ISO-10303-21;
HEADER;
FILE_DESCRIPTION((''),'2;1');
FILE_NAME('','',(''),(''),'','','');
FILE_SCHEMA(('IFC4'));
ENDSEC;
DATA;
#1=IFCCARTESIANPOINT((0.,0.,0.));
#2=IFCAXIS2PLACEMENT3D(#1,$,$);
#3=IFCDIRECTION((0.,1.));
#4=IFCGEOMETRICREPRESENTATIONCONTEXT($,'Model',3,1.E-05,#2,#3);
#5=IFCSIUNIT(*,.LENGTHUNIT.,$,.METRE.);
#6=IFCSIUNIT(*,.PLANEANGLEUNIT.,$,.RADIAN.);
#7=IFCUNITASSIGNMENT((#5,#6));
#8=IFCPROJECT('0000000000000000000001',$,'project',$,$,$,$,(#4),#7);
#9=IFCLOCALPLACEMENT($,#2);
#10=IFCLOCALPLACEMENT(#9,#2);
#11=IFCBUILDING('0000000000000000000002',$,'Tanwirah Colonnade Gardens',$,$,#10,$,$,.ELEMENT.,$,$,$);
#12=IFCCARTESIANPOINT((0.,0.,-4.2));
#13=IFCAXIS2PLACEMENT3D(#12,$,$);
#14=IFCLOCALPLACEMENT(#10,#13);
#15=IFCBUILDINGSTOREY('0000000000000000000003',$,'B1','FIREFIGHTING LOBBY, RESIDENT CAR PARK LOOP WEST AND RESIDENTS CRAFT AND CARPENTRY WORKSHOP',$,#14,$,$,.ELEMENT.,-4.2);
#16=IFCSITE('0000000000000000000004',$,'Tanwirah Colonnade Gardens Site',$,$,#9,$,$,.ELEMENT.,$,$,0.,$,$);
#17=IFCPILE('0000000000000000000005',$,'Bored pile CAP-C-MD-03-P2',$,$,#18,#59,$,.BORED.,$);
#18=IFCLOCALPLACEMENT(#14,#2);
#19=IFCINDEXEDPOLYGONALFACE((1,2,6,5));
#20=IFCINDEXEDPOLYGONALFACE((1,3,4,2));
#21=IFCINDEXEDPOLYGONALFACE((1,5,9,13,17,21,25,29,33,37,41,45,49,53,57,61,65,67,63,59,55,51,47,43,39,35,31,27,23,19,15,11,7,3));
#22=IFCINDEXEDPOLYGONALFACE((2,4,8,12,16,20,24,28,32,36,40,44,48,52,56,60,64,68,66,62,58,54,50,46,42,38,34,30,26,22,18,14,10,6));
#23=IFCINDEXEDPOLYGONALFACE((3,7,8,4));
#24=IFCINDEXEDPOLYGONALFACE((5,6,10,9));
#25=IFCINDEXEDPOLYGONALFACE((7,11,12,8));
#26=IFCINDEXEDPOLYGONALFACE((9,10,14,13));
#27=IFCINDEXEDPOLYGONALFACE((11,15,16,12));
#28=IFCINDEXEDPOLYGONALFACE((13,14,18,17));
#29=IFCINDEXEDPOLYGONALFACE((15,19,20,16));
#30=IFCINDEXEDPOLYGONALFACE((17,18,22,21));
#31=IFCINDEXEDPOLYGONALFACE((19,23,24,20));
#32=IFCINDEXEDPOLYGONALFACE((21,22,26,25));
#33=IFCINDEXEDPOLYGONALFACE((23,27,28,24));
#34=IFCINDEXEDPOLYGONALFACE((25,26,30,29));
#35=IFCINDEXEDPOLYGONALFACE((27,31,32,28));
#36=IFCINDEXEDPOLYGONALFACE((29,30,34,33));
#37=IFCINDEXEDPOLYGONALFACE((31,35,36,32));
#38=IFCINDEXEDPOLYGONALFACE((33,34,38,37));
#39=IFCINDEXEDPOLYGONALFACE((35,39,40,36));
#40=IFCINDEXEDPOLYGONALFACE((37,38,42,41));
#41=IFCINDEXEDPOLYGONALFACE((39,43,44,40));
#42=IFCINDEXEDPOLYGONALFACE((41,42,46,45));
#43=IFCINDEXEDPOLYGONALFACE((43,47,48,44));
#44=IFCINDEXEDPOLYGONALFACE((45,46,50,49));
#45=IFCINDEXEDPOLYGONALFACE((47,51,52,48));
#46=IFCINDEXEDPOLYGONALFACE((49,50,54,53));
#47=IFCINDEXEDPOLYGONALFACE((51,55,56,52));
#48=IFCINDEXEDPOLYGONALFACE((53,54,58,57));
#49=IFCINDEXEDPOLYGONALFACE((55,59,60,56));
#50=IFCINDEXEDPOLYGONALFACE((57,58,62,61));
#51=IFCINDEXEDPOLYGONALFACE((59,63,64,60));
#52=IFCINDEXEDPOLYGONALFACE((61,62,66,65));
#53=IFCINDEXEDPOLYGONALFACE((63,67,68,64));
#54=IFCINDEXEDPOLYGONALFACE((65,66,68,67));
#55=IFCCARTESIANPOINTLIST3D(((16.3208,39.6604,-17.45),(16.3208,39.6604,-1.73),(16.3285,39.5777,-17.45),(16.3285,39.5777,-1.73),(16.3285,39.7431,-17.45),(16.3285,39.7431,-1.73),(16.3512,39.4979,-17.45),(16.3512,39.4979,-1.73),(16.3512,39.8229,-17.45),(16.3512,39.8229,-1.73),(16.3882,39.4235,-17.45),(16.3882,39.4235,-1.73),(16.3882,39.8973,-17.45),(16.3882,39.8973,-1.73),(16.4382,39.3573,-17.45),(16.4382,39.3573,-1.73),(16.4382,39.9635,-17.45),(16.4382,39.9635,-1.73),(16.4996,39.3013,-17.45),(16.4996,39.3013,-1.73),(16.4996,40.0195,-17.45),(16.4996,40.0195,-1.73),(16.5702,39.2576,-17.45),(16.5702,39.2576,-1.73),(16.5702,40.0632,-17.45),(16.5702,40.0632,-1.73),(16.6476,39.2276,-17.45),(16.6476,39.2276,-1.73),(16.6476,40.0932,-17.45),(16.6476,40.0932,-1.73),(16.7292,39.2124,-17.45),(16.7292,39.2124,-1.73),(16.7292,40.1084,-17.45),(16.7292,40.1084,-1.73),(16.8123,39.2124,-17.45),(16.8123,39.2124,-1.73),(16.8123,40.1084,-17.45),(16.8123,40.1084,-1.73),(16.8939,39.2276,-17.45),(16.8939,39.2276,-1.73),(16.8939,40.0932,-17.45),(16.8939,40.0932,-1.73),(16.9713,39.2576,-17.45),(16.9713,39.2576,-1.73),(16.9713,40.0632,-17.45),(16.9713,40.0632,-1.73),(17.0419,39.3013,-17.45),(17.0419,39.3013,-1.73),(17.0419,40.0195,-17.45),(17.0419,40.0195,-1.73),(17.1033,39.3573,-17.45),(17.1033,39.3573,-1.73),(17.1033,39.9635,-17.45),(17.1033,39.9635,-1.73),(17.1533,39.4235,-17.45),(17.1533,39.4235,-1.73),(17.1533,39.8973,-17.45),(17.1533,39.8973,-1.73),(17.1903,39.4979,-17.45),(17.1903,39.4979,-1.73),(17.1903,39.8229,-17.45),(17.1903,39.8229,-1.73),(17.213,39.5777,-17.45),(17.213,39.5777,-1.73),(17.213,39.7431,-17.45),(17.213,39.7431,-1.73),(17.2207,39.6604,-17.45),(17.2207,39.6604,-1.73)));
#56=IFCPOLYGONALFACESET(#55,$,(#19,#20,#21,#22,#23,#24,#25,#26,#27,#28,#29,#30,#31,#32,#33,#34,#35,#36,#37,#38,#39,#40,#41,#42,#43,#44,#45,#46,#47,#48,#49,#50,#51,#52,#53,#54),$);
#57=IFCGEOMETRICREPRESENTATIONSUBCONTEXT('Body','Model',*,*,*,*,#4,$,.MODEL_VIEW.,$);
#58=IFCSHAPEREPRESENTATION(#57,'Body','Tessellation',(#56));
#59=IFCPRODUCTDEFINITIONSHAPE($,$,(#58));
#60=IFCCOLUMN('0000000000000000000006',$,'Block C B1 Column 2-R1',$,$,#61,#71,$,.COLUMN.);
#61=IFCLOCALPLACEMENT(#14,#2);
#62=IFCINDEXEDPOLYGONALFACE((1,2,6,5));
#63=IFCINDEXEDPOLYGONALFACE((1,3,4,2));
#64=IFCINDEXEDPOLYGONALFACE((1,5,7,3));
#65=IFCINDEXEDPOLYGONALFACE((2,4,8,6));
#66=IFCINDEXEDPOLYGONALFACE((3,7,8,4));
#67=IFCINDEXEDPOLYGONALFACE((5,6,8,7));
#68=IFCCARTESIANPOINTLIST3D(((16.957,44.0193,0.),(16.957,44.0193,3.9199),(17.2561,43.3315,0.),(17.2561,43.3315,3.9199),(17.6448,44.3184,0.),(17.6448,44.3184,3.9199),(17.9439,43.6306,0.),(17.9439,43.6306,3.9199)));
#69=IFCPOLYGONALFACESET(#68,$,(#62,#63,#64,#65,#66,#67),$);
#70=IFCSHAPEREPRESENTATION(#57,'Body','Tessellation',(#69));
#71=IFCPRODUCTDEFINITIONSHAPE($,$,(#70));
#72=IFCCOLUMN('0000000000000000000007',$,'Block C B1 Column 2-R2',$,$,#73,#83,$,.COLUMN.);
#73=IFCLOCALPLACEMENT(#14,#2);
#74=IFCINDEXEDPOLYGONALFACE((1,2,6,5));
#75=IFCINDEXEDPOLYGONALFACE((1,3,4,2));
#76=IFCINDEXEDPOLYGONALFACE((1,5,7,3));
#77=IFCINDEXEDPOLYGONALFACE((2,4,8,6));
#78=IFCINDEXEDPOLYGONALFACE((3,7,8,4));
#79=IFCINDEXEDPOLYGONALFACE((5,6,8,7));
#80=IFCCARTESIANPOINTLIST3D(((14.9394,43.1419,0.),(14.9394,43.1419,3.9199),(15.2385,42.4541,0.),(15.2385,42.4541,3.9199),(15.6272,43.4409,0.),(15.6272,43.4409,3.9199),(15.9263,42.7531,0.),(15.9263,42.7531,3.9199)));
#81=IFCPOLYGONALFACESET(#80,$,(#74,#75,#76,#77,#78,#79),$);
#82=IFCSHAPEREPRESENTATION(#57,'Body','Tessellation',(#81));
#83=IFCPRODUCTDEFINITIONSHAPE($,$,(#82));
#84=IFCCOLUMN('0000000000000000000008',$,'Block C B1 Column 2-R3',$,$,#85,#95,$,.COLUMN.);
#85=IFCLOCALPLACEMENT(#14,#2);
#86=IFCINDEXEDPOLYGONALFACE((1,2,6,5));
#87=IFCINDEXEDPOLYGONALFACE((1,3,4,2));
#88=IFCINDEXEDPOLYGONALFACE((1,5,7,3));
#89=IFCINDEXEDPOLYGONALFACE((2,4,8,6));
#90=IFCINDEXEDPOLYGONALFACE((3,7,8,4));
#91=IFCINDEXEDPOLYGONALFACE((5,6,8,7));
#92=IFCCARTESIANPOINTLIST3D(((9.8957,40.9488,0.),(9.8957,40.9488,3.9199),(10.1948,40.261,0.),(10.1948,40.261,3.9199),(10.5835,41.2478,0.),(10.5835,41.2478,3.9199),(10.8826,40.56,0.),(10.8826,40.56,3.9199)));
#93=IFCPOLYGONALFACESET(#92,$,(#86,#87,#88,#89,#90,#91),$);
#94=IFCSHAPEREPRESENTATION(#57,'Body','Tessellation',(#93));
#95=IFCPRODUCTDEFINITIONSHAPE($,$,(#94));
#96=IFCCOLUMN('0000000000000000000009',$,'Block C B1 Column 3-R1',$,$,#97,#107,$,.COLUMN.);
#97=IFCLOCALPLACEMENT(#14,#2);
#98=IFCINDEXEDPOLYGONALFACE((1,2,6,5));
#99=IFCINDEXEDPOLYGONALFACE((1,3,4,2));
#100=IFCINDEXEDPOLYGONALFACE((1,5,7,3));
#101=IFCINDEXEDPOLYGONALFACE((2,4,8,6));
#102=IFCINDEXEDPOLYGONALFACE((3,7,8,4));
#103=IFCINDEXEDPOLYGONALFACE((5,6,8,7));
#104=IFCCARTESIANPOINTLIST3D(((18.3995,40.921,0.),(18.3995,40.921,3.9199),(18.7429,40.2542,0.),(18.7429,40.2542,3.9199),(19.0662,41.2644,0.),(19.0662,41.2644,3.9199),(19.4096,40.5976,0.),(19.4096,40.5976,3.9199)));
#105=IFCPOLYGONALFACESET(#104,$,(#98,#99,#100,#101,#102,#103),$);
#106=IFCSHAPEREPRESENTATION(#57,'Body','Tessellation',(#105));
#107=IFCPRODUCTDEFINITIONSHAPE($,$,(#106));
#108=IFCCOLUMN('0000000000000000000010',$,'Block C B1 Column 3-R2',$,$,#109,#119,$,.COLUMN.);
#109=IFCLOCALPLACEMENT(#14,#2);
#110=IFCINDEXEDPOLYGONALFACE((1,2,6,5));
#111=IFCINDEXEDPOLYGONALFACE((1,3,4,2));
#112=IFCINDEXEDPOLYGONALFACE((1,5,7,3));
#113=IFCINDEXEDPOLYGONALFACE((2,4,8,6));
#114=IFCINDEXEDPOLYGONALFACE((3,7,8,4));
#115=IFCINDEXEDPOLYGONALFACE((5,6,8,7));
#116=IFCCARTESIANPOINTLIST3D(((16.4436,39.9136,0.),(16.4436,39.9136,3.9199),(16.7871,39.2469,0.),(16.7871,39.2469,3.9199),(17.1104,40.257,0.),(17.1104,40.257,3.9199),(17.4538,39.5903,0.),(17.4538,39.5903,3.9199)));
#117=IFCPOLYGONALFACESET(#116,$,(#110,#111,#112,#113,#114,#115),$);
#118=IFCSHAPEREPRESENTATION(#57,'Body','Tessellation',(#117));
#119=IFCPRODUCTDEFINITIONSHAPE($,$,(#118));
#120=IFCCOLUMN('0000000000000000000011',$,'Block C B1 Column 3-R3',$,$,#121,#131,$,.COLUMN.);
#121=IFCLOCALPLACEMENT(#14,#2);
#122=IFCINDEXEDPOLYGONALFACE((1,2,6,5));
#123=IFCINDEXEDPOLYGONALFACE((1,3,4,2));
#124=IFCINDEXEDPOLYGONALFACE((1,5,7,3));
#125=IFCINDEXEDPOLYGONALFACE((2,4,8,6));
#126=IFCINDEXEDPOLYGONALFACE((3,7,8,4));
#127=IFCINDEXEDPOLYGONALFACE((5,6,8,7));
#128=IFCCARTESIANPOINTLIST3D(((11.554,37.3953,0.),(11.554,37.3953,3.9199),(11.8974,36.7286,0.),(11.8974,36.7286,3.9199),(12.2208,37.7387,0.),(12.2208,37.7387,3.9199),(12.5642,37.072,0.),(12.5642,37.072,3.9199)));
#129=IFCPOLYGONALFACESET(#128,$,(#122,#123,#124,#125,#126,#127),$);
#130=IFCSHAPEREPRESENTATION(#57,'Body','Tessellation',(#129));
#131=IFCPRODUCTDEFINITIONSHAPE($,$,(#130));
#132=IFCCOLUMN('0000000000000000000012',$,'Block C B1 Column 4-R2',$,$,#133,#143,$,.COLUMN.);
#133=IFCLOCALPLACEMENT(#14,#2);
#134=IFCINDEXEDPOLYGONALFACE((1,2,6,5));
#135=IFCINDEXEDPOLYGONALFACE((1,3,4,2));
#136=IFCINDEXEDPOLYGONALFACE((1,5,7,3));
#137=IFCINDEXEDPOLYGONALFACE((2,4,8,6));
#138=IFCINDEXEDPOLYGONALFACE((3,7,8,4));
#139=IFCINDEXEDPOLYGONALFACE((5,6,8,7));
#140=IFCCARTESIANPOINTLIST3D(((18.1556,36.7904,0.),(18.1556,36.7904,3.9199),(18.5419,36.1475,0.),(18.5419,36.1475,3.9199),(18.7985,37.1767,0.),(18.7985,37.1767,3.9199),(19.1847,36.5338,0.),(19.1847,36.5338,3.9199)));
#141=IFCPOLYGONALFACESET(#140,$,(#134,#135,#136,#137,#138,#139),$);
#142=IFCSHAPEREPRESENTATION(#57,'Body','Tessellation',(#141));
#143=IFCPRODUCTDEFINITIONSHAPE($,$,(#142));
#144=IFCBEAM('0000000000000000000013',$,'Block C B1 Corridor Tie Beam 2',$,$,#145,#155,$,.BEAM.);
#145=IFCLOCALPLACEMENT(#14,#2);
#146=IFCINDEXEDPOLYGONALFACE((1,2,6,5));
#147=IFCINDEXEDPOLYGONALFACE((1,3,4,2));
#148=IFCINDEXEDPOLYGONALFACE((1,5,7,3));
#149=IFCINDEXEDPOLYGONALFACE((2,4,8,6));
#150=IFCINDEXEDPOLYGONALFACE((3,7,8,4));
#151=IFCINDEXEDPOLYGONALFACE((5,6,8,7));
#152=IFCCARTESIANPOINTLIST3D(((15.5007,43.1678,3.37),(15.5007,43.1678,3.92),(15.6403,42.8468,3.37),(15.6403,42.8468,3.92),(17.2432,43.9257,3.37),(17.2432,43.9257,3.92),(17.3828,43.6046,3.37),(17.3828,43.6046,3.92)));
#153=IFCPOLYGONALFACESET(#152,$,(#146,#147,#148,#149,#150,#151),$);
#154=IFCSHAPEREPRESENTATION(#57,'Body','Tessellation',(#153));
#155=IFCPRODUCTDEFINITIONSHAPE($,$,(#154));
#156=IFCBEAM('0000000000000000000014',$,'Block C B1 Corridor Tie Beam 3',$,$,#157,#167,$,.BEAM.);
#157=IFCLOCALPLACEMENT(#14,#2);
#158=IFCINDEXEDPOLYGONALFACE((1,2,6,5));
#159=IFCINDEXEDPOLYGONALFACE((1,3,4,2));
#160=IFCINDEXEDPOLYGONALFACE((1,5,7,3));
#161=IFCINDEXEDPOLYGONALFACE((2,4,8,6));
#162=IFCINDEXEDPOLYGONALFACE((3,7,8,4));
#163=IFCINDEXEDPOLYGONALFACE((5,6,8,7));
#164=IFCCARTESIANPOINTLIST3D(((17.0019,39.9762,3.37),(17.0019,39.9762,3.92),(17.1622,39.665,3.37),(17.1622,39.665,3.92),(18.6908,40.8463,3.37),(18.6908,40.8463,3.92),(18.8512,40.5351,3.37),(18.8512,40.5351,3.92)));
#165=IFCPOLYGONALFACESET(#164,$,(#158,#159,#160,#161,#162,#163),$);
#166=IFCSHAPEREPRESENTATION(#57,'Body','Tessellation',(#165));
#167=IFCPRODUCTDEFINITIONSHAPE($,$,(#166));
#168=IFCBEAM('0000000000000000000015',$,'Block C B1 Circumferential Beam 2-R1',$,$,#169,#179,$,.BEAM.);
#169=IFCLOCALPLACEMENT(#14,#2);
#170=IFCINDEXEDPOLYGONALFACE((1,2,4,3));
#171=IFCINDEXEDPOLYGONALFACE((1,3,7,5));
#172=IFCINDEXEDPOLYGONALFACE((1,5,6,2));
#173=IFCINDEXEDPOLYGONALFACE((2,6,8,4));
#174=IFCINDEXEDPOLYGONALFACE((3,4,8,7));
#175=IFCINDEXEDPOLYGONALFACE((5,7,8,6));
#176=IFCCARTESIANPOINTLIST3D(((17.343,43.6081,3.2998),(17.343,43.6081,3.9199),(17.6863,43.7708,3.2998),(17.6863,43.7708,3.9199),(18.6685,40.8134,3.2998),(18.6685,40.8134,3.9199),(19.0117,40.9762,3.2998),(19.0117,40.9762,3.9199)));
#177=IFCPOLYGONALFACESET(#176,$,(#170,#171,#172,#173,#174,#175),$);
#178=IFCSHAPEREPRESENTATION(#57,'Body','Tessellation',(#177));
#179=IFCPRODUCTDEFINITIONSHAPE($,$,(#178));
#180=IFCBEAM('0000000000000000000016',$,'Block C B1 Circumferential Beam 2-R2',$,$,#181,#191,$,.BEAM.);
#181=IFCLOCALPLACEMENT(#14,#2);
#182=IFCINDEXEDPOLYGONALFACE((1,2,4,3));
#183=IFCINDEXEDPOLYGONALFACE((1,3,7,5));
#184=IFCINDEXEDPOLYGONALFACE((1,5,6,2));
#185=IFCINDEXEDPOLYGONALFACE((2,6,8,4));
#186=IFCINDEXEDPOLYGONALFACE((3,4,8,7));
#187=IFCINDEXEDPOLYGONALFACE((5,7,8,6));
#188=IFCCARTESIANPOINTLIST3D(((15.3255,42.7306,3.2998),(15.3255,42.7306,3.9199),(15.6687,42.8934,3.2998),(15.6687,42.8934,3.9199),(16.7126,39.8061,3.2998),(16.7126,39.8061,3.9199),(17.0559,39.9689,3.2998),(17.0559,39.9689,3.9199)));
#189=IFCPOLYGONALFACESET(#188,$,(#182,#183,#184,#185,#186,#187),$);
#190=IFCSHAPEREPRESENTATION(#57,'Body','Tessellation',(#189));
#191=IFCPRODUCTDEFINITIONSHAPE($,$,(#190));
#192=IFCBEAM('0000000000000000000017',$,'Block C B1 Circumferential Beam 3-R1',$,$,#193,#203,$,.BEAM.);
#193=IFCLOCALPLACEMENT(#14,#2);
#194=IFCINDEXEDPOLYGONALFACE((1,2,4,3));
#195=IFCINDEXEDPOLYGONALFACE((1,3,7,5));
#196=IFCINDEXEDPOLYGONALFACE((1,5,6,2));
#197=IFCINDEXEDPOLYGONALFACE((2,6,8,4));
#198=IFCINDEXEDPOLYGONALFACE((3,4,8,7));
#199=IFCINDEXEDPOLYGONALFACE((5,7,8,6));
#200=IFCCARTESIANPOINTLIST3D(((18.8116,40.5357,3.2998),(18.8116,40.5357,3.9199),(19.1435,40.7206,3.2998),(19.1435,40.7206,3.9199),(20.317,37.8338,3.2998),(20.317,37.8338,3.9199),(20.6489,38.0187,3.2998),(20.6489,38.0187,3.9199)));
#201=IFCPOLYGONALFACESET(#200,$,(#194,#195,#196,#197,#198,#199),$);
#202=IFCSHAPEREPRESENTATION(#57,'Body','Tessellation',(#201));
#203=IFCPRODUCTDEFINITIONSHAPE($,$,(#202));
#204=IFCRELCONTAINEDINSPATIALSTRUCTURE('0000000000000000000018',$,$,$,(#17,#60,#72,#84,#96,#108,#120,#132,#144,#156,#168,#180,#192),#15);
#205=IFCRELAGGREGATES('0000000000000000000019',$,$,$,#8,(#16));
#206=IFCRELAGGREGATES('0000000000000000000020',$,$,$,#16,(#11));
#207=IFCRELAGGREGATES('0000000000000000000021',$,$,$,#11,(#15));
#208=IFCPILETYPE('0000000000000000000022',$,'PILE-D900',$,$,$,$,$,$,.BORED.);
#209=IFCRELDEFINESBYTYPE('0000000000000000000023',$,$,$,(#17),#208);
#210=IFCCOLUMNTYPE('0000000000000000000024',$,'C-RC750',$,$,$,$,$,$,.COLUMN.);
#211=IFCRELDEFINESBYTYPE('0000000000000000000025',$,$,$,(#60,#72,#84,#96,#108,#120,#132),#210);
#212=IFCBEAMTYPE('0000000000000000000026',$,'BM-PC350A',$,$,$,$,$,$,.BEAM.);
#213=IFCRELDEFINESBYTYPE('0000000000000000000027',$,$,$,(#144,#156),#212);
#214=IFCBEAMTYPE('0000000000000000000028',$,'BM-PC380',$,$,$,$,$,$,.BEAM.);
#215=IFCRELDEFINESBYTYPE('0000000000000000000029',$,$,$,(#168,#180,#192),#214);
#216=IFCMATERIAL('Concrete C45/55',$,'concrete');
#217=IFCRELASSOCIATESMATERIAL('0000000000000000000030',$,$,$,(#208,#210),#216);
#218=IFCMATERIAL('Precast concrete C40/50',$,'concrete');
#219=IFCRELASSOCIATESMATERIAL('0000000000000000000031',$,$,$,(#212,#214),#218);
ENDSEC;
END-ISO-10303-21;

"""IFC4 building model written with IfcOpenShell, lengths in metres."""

from ifc_helpers import new_model, si_unit, direction, frame, origin, origin_2d, place, context, subcontext, project, spatial, rectangle, circle, extrude, material, material_profile, profile_set, type_object, element, save


model = new_model("IFC4")

# Units and contexts
model_context = context("Model", 3, precision=1e-05, world=origin(), true_north=direction((0.0, 1.0)))
body_context = subcontext(model_context, "Body", "Model", "MODEL_VIEW")
ifc_project = project(units=[si_unit("LENGTHUNIT", "METRE"), si_unit("PLANEANGLEUNIT", "RADIAN")], contexts=[model_context])

# Site, building, storey
site_placement = place(None, origin())
site = spatial("IfcSite", under=ifc_project, at=site_placement, Name="Tanwirah Colonnade Gardens Site", CompositionType="ELEMENT", RefElevation=0.0)
building_placement = place(site_placement, origin())
building = spatial("IfcBuilding", under=site, at=building_placement, Name="Tanwirah Colonnade Gardens", CompositionType="ELEMENT")
storey_placement = place(building_placement, frame((0.0, 0.0, -4.2)))
storey = spatial("IfcBuildingStorey", under=building, at=storey_placement, Name="B1", Description="FIREFIGHTING LOBBY, RESIDENT CAR PARK LOOP WEST AND RESIDENTS CRAFT AND CARPENTRY WORKSHOP", CompositionType="ELEMENT", Elevation=-4.2)

# Shared definitions
ifc_material_1 = material(Name="Concrete C45/55", Category="concrete")

# Pile
ifc_material_profile_1 = material_profile(ifc_material_1, circle(Radius=0.45, at=origin_2d()), Name="PILE D900")
ifc_profile_set_1 = profile_set([ifc_material_profile_1], Name="Concrete C45/55")
pile_type_1 = type_object("IfcPileType", Name="PILE-D900", PredefinedType="BORED", material=ifc_profile_set_1)
for number, where, z_axis, x_axis, name in (
    (1, (16.7708, 39.6604, -1.73), (0.0, 0.0, -1.0), (1.0, 0.0, 0.0), "Bored pile CAP-C-MD-03-P2"),
):
    element("IfcPile", number, at=place(storey_placement, frame(where, z_axis=z_axis, x_axis=x_axis)), inside=storey, type_object=pile_type_1, Name=name, PredefinedType="BORED", context=body_context, shape_type="SweptSolid", body=[
        extrude(circle(Radius=0.45, at=origin_2d()), origin(), (0.0, 0.0, 1.0), 15.72),
    ])

# Columns
ifc_material_profile_2 = material_profile(ifc_material_1, rectangle(XDim=0.75, YDim=0.75, at=origin_2d()), Name="RC-COL 750x750")
ifc_profile_set_2 = profile_set([ifc_material_profile_2], Name="Concrete C45/55")
column_type = type_object("IfcColumnType", Name="C-RC750", PredefinedType="COLUMN", material=ifc_profile_set_2)
for number, where, z_axis, x_axis, name in (
    (2, (17.4504, 43.825, 0.0), (0.0, 0.0, 1.0), (-0.91706, -0.398749, 0.0), "Block C B1 Column 2-R1"),
    (3, (15.4329, 42.9475, 0.0), (0.0, 0.0, 1.0), (-0.91706, -0.398749, 0.0), "Block C B1 Column 2-R2"),
    (4, (10.3892, 40.7544, 0.0), (0.0, 0.0, 1.0), (-0.91706, -0.398749, 0.0), "Block C B1 Column 2-R3"),
    (5, (18.9045, 40.7593, 0.0), (0.0, 0.0, 1.0), (-0.889017, -0.457874, 0.0), "Block C B1 Column 3-R1"),
    (6, (16.9487, 39.752, 0.0), (0.0, 0.0, 1.0), (-0.889017, -0.457874, 0.0), "Block C B1 Column 3-R2"),
    (7, (12.0591, 37.2336, 0.0), (0.0, 0.0, 1.0), (-0.889017, -0.457874, 0.0), "Block C B1 Column 3-R3"),
    (8, (18.6702, 36.6621, 0.0), (0.0, 0.0, 1.0), (-0.857167, -0.515038, 0.0), "Block C B1 Column 4-R2"),
):
    element("IfcColumn", number, at=place(storey_placement, frame(where, z_axis=z_axis, x_axis=x_axis)), inside=storey, type_object=column_type, Name=name, PredefinedType="COLUMN", context=body_context, shape_type="SweptSolid", body=[
        extrude(rectangle(XDim=0.75, YDim=0.75, at=origin_2d()), origin(), (0.0, 0.0, 1.0), 3.9199),
    ])

# Beams
ifc_material_2 = material(Name="Precast concrete C40/50", Category="concrete")
ifc_material_profile_3 = material_profile(ifc_material_2, rectangle(XDim=0.3501, YDim=0.55, at=origin_2d()), Name="PC-BM 350x550")
ifc_profile_set_3 = profile_set([ifc_material_profile_3], Name="Precast concrete C40/50")
beam_type_1 = type_object("IfcBeamType", Name="BM-PC350A", PredefinedType="BEAM", material=ifc_profile_set_3)
beam_1_placement = place(storey_placement, frame((17.313, 43.7651, 3.645), z_axis=(-0.917025, -0.398829, 0.0), x_axis=(0.398829, -0.917025, 0.0)))
element("IfcBeam", 9, at=beam_1_placement, inside=storey, type_object=beam_type_1, Name="Block C B1 Corridor Tie Beam 2", PredefinedType="BEAM", context=body_context, shape_type="SweptSolid", body=[
    extrude(rectangle(XDim=0.3501, YDim=0.55, at=origin_2d()), origin(), (0.0, 0.0, 1.0), 1.9001),
])
beam_2_placement = place(storey_placement, frame((18.771, 40.6907, 3.645), z_axis=(-0.888965, -0.457975, 0.0), x_axis=(0.457975, -0.888965, 0.0)))
element("IfcBeam", 10, at=beam_2_placement, inside=storey, type_object=beam_type_1, Name="Block C B1 Corridor Tie Beam 3", PredefinedType="BEAM", context=body_context, shape_type="SweptSolid", body=[
    extrude(rectangle(XDim=0.3501, YDim=0.55, at=origin_2d()), origin(), (0.0, 0.0, 1.0), 1.8999),
])
ifc_material_profile_4 = material_profile(ifc_material_2, rectangle(XDim=0.3799, YDim=0.6201, at=origin_2d()), Name="PC-BM 380x620")
ifc_profile_set_4 = profile_set([ifc_material_profile_4], Name="Precast concrete C40/50")
beam_type_2 = type_object("IfcBeamType", Name="BM-PC380", PredefinedType="BEAM", material=ifc_profile_set_4)
beam_3_placement = place(storey_placement, frame((17.5146, 43.6895, 3.6099), z_axis=(0.428521, -0.903532, 0.0), x_axis=(0.903532, 0.428521, 0.0)))
element("IfcBeam", 11, at=beam_3_placement, inside=storey, type_object=beam_type_2, Name="Block C B1 Circumferential Beam 2-R1", PredefinedType="BEAM", context=body_context, shape_type="SweptSolid", body=[
    extrude(rectangle(XDim=0.3799, YDim=0.6201, at=origin_2d()), origin(), (0.0, 0.0, 1.0), 3.093),
])
beam_4_placement = place(storey_placement, frame((15.4971, 42.812, 3.6099), z_axis=(0.428563, -0.903512, 0.0), x_axis=(0.903512, 0.428563, 0.0)))
element("IfcBeam", 12, at=beam_4_placement, inside=storey, type_object=beam_type_2, Name="Block C B1 Circumferential Beam 2-R2", PredefinedType="BEAM", context=body_context, shape_type="SweptSolid", body=[
    extrude(rectangle(XDim=0.3799, YDim=0.6201, at=origin_2d()), origin(), (0.0, 0.0, 1.0), 3.2368),
])
beam_5_placement = place(storey_placement, frame((18.9775, 40.6282, 3.6099), z_axis=(0.486708, -0.873565, 0.0), x_axis=(0.873565, 0.486708, 0.0)))
element("IfcBeam", 13, at=beam_5_placement, inside=storey, type_object=beam_type_2, Name="Block C B1 Circumferential Beam 3-R1", PredefinedType="BEAM", context=body_context, shape_type="SweptSolid", body=[
    extrude(rectangle(XDim=0.3799, YDim=0.6201, at=origin_2d()), origin(), (0.0, 0.0, 1.0), 3.093),
])

save(model, "model.ifc")
